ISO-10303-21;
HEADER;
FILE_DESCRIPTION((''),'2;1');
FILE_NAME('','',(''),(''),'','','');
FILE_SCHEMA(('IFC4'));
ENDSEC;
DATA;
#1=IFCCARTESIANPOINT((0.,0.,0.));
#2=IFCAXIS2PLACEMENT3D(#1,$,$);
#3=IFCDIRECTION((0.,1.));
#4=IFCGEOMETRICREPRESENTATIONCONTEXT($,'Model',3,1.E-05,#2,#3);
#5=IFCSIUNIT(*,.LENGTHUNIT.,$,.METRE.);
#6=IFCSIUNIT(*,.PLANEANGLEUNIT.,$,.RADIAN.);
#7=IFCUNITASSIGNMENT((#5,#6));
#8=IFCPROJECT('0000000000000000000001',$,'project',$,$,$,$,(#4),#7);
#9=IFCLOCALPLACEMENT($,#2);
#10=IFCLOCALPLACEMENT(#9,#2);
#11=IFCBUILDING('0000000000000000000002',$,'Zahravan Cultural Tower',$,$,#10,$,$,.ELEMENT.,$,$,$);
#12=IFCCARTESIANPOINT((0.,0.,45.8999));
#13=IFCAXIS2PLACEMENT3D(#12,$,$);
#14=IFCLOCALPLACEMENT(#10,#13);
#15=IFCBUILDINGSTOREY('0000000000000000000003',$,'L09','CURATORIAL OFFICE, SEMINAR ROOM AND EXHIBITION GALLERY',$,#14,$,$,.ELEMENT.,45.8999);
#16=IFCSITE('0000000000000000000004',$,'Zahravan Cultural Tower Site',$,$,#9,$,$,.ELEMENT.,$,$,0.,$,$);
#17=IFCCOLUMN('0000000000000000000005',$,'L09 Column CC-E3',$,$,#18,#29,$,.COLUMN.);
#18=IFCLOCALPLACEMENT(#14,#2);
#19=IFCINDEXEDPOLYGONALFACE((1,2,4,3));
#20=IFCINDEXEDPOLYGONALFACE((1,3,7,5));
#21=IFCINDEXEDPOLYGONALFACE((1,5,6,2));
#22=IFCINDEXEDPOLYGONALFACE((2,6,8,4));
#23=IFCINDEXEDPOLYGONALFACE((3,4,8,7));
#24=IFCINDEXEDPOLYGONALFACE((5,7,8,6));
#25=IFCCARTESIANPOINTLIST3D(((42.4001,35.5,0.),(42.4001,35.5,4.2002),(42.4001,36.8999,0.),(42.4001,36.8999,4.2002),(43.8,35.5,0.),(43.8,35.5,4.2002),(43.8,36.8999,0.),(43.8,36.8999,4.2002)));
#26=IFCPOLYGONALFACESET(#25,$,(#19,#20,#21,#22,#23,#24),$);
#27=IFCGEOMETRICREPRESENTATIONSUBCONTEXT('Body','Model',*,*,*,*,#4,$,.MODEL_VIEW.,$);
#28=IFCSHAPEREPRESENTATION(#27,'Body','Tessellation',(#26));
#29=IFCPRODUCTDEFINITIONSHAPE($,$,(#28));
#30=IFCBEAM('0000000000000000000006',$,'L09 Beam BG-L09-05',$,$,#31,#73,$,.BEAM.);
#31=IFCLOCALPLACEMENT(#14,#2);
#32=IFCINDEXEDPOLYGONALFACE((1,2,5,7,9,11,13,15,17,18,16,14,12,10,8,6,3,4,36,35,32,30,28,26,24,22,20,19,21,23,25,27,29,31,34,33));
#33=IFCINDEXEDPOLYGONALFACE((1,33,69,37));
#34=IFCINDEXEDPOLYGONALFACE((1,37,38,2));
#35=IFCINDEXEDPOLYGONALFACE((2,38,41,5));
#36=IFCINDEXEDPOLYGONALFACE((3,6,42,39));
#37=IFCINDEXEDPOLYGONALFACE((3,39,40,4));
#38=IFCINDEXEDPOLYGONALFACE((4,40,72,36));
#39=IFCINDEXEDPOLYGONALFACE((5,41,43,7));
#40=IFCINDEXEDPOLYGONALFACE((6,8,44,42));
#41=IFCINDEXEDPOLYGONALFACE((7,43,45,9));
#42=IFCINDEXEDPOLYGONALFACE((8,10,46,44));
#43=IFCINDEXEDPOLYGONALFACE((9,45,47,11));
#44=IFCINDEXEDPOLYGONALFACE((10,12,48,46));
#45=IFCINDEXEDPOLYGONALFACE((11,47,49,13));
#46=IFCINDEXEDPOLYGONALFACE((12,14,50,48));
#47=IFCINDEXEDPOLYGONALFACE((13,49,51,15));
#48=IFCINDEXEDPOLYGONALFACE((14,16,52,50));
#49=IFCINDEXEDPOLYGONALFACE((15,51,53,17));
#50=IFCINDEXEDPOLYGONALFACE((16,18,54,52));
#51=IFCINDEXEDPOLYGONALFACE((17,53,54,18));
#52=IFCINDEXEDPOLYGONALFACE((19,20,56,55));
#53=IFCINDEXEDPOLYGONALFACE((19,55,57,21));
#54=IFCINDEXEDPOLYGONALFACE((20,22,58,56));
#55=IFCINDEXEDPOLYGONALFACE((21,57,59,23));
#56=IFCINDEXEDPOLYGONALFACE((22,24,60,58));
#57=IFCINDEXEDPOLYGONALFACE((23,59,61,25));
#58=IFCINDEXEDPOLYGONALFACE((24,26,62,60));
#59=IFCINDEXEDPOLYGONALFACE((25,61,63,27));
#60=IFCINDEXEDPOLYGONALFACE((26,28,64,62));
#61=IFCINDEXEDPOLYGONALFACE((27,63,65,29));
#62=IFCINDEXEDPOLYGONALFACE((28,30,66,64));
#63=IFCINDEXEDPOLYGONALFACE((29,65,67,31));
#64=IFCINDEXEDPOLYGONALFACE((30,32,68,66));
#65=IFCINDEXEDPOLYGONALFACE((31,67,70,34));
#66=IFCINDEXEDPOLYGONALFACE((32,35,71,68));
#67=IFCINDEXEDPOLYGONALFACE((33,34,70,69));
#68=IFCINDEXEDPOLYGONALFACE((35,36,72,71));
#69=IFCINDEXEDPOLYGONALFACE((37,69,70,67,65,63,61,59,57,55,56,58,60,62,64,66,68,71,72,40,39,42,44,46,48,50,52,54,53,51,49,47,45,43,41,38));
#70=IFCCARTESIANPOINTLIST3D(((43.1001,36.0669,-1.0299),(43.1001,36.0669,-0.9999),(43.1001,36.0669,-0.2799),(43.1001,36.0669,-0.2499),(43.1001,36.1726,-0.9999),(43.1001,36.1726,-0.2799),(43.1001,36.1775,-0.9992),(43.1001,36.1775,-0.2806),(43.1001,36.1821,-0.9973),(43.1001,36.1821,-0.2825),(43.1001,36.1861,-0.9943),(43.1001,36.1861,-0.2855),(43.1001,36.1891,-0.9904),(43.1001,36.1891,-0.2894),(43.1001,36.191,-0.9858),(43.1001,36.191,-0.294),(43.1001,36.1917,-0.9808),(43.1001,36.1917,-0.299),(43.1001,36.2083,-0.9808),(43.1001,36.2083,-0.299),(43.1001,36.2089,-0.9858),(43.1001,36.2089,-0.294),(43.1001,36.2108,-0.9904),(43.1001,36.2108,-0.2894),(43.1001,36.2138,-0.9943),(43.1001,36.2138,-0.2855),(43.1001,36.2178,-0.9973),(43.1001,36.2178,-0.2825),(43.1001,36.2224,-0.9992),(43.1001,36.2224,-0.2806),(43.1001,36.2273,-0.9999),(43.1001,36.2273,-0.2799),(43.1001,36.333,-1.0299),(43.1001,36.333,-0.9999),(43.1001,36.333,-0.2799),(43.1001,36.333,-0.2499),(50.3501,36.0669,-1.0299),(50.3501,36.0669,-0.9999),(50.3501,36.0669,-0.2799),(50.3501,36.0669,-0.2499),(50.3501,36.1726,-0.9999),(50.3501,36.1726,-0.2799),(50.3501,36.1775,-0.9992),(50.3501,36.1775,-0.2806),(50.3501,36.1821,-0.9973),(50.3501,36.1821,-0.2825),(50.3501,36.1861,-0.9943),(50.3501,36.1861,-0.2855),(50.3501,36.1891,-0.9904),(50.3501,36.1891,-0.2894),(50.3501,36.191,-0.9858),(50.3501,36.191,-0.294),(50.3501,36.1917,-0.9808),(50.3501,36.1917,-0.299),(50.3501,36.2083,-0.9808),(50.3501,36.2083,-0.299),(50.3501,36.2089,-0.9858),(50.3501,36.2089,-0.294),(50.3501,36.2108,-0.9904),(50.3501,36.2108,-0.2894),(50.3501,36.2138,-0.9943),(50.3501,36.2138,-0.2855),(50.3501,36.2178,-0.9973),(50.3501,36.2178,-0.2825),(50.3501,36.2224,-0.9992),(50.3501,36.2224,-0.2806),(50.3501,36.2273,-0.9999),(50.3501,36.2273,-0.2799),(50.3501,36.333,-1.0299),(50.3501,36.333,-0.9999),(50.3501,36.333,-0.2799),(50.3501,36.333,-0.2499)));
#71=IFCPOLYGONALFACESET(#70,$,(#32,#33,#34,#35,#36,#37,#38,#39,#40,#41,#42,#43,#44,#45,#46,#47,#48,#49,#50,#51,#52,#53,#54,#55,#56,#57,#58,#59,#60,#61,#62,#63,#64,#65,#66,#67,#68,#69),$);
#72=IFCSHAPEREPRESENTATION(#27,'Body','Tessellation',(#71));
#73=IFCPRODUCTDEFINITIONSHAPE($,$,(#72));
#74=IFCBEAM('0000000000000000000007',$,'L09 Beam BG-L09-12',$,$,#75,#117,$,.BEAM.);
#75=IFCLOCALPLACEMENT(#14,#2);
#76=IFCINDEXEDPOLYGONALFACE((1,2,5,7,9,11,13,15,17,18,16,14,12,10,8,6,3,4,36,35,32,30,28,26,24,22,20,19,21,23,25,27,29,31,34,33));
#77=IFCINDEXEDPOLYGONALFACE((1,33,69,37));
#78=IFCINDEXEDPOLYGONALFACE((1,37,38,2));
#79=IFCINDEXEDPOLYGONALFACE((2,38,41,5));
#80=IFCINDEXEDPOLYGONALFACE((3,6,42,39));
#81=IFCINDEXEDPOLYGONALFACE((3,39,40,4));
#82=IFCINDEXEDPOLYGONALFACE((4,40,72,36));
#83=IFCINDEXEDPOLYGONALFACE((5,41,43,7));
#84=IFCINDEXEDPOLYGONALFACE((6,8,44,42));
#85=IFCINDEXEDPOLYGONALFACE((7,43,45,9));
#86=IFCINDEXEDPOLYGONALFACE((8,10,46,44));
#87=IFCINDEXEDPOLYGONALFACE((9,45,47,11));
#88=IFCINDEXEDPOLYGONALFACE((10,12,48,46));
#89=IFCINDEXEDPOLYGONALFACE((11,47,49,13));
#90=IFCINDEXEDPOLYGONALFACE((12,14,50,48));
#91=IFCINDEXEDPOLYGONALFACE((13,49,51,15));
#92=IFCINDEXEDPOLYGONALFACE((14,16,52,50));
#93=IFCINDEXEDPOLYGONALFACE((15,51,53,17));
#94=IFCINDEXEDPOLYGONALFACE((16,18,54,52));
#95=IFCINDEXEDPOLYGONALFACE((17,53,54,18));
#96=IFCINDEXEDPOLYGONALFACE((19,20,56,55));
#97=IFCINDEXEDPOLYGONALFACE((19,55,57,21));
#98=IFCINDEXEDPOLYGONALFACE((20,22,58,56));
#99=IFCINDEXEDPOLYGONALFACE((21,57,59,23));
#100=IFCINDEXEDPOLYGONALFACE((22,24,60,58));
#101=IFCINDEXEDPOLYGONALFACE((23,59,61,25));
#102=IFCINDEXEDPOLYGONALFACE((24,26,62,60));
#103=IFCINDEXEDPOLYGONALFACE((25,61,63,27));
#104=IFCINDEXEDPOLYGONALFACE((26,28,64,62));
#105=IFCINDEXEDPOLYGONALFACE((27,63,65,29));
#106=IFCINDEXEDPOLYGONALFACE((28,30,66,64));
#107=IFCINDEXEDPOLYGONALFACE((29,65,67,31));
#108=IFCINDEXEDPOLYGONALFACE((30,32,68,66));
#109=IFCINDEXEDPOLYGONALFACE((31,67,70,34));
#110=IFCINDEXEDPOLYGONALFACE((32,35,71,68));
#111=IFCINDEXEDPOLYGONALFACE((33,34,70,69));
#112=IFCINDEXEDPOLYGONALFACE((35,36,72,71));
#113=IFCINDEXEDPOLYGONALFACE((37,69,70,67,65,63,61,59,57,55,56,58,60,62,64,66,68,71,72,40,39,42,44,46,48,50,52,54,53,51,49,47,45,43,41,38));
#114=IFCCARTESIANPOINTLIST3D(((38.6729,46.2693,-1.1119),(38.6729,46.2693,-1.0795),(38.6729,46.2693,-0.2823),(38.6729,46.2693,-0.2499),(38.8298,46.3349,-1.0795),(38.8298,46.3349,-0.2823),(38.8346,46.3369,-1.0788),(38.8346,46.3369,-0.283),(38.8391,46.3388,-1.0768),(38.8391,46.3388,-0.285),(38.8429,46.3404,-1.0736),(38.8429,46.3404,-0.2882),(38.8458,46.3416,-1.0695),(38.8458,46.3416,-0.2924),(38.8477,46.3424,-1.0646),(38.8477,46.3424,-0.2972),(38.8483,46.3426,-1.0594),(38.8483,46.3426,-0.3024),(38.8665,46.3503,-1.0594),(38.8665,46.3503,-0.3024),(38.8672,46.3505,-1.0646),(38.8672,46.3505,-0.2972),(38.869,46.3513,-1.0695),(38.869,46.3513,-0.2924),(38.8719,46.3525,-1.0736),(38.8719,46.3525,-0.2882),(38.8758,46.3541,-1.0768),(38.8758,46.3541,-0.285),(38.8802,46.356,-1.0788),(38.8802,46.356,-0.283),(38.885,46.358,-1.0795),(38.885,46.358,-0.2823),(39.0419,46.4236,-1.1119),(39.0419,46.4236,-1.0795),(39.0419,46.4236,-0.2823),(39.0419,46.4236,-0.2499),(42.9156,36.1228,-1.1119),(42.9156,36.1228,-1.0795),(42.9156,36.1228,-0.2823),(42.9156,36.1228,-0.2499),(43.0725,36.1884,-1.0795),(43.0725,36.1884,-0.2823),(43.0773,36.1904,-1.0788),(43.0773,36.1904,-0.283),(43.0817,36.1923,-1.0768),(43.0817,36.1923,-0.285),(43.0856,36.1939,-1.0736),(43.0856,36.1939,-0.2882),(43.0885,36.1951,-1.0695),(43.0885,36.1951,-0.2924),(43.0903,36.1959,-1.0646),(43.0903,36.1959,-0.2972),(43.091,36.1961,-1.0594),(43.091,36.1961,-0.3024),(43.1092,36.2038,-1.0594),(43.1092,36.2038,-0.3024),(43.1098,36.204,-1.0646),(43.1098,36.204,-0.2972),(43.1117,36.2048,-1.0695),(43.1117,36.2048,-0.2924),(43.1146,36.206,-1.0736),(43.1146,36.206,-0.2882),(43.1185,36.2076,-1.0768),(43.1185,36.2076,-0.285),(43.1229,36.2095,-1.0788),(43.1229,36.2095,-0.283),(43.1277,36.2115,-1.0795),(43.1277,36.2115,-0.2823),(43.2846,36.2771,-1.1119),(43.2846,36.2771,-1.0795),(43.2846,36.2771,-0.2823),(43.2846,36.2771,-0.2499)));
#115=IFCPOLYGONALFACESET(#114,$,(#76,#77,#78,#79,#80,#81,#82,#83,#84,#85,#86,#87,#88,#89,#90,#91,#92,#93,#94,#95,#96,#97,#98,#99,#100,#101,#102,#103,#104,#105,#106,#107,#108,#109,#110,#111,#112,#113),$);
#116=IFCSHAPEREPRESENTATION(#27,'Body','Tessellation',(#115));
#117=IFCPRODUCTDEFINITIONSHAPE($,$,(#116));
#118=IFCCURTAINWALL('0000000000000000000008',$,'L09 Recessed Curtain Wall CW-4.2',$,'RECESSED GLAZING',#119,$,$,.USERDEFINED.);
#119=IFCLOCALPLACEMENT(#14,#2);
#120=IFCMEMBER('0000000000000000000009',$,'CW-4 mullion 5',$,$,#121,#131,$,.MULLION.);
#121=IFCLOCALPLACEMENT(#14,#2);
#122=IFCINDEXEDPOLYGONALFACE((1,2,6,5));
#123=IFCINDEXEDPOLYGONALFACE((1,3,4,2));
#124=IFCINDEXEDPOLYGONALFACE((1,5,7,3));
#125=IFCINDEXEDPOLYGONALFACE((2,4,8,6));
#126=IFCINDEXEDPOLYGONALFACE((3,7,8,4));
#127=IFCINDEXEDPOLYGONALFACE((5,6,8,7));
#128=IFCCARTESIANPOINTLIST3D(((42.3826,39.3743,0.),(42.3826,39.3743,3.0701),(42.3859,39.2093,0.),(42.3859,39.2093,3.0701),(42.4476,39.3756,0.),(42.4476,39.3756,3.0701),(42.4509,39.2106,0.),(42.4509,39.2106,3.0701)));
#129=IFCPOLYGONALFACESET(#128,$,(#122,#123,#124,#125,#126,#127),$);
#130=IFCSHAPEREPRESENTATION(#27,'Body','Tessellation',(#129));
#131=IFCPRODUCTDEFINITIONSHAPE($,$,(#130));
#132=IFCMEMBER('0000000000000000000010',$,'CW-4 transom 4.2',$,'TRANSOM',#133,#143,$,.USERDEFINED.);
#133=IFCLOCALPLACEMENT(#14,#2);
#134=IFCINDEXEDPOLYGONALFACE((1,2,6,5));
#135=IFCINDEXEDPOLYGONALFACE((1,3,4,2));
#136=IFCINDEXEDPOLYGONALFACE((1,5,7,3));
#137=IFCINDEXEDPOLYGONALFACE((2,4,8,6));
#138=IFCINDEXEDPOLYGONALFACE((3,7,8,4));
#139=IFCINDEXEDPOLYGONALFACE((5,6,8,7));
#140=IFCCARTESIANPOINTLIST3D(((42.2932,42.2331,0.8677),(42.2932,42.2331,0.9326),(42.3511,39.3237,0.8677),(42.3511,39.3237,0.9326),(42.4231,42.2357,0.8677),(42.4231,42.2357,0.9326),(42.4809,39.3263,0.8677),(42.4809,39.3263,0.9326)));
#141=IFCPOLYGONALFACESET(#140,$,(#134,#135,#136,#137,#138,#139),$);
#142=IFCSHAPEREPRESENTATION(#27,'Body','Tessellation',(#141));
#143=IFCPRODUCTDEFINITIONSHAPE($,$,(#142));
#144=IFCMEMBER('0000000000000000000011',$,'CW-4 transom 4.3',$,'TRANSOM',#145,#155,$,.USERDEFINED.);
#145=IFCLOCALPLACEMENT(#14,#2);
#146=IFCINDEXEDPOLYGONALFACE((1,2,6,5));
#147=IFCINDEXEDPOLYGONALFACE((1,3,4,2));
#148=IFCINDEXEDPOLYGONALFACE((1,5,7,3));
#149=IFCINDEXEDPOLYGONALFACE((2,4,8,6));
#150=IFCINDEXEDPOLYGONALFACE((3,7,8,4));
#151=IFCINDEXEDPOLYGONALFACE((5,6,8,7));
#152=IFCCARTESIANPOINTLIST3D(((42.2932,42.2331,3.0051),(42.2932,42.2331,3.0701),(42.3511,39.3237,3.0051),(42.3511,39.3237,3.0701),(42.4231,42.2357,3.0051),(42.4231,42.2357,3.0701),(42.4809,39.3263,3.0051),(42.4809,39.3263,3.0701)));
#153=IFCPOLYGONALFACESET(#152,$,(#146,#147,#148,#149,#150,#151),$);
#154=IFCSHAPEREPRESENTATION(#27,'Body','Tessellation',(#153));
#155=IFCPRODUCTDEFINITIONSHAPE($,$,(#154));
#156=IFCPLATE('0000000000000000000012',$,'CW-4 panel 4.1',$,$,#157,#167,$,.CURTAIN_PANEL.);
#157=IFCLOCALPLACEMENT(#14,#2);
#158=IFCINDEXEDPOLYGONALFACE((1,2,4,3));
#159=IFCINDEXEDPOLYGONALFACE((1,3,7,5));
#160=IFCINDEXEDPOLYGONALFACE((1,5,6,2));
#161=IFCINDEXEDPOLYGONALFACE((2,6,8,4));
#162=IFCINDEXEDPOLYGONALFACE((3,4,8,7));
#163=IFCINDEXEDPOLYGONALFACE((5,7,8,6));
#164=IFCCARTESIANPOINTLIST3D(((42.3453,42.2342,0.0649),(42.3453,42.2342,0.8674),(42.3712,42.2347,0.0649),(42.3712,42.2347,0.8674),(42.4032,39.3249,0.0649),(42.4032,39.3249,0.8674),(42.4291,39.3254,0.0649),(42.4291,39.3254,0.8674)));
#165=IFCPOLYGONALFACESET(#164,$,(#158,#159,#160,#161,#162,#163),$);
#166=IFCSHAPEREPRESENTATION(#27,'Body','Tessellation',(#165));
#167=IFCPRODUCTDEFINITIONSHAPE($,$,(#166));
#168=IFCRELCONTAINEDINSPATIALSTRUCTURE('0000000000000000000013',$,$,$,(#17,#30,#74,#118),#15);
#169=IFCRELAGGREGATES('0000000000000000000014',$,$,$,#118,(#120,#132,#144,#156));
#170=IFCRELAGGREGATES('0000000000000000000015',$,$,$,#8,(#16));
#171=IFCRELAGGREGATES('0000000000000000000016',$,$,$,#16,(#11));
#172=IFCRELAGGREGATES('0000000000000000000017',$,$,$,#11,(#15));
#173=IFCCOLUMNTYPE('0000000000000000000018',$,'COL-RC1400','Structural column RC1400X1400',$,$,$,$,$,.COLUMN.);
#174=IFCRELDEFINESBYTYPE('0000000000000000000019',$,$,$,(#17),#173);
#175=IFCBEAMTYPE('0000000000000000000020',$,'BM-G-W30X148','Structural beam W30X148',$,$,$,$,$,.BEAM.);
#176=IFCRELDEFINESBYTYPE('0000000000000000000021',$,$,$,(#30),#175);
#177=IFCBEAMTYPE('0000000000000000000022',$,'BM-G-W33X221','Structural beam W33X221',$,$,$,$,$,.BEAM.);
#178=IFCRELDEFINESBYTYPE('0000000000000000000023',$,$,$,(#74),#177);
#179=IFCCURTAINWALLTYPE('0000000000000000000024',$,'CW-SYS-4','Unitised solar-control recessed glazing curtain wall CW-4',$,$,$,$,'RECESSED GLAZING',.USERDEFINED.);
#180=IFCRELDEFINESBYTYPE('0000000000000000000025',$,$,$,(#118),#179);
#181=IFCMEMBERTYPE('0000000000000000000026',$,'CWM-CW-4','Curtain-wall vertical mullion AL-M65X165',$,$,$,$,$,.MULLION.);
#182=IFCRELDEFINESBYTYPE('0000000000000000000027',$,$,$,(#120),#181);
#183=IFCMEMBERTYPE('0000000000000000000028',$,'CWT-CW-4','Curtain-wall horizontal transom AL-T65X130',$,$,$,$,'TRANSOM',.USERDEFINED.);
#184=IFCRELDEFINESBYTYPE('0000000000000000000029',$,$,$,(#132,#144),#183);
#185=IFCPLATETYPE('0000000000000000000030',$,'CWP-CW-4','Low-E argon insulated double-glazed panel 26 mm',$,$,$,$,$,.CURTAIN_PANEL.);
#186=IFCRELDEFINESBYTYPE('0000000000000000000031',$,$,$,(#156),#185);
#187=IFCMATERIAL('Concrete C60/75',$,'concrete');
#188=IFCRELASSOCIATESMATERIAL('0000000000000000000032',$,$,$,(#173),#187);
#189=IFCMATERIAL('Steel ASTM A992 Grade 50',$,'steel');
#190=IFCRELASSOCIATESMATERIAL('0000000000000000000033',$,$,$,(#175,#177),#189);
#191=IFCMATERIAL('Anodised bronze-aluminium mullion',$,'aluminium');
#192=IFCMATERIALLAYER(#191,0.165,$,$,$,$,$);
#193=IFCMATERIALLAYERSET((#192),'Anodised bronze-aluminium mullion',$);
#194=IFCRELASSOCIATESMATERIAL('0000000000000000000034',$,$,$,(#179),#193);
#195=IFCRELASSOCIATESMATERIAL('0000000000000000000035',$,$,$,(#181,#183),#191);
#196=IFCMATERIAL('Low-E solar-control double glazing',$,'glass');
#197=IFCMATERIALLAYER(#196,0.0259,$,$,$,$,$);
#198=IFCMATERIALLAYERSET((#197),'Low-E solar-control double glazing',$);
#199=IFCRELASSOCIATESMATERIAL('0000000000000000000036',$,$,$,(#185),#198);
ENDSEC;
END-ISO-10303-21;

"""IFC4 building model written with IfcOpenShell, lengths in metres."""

from ifc_helpers import new_model, si_unit, direction, frame, origin, origin_2d, place, context, subcontext, project, spatial, rectangle, i_section, extrude, source, transform, mapped, material, layer, layer_set, material_profile, profile_set, type_object, element, aggregate, save


model = new_model("IFC4")

# Units and contexts
model_context = context("Model", 3, precision=1e-05, world=origin(), true_north=direction((0.0, 1.0)))
body_context = subcontext(model_context, "Body", "Model", "MODEL_VIEW")
ifc_project = project(units=[si_unit("LENGTHUNIT", "METRE"), si_unit("PLANEANGLEUNIT", "RADIAN")], contexts=[model_context])

# Site, building, storey
site_placement = place(None, origin())
site = spatial("IfcSite", under=ifc_project, at=site_placement, Name="Zahravan Cultural Tower Site", CompositionType="ELEMENT", RefElevation=0.0)
building_placement = place(site_placement, origin())
building = spatial("IfcBuilding", under=site, at=building_placement, Name="Zahravan Cultural Tower", CompositionType="ELEMENT")
storey_placement = place(building_placement, frame((0.0, 0.0, 45.8999)))
storey = spatial("IfcBuildingStorey", under=building, at=storey_placement, Name="L09", Description="CURATORIAL OFFICE, SEMINAR ROOM AND EXHIBITION GALLERY", CompositionType="ELEMENT", Elevation=45.8999)

# Column
ifc_material_1 = material(Name="Concrete C60/75", Category="concrete")
ifc_material_profile_1 = material_profile(ifc_material_1, rectangle(XDim=1.3999, YDim=1.3999, at=origin_2d()), Name="RC1400X1400")
ifc_profile_set_1 = profile_set([ifc_material_profile_1], Name="Concrete C60/75")
column_type = type_object("IfcColumnType", Name="COL-RC1400", Description="Structural column RC1400X1400", PredefinedType="COLUMN", material=ifc_profile_set_1)
shared_shape_1 = source(origin(), body_context, "Body", "SweptSolid", [
    extrude(rectangle(XDim=1.3999, YDim=1.3999, at=origin_2d()), origin(), (0.0, 0.0, 1.0), 4.2002),
])
column_placement = place(storey_placement, frame((43.1001, 36.2, 0.0), z_axis=(0.0, 0.0, 1.0), x_axis=(1.0, 0.0, 0.0)))
element("IfcColumn", 1, at=column_placement, inside=storey, type_object=column_type, Name="L09 Column CC-E3", PredefinedType="COLUMN", context=body_context, shape_type="MappedRepresentation", body=[
    mapped(shared_shape_1, transform((0.0, 0.0, 0.0), x_axis=(1.0, 0.0, 0.0), y_axis=(0.0, 1.0, 0.0), z_axis=(0.0, 0.0, 1.0), scale=1.0)),
])

# Beams
ifc_material_2 = material(Name="Steel ASTM A992 Grade 50", Category="steel")
ifc_material_profile_2 = material_profile(ifc_material_2, i_section(OverallWidth=0.2661, OverallDepth=0.78, WebThickness=0.0166, FlangeThickness=0.03, FilletRadius=0.019, at=origin_2d()), Name="W30X148")
ifc_profile_set_2 = profile_set([ifc_material_profile_2], Name="Steel ASTM A992 Grade 50")
beam_type_1 = type_object("IfcBeamType", Name="BM-G-W30X148", Description="Structural beam W30X148", PredefinedType="BEAM", material=ifc_profile_set_2)
shared_shape_2 = source(origin(), body_context, "Body", "SweptSolid", [
    extrude(i_section(OverallWidth=0.2661, OverallDepth=0.78, WebThickness=0.0166, FlangeThickness=0.03, FilletRadius=0.019, at=origin_2d()), origin(), (0.0, 0.0, 1.0), 7.25),
])
beam_1_placement = place(storey_placement, frame((43.1001, 36.2, -0.6399), z_axis=(1.0, 0.0, 0.0), x_axis=(0.0, 1.0, 0.0)))
element("IfcBeam", 2, at=beam_1_placement, inside=storey, type_object=beam_type_1, Name="L09 Beam BG-L09-05", PredefinedType="BEAM", context=body_context, shape_type="MappedRepresentation", body=[
    mapped(shared_shape_2, transform((0.0, 0.0, 0.0), x_axis=(1.0, 0.0, 0.0), y_axis=(0.0, 1.0, 0.0), z_axis=(0.0, 0.0, 1.0), scale=1.0)),
])
ifc_material_profile_3 = material_profile(ifc_material_2, i_section(OverallWidth=0.3999, OverallDepth=0.8621, WebThickness=0.0198, FlangeThickness=0.0325, FilletRadius=0.02, at=origin_2d()), Name="W33X221")
ifc_profile_set_3 = profile_set([ifc_material_profile_3], Name="Steel ASTM A992 Grade 50")
beam_type_2 = type_object("IfcBeamType", Name="BM-G-W33X221", Description="Structural beam W33X221", PredefinedType="BEAM", material=ifc_profile_set_3)
shared_shape_3 = source(origin(), body_context, "Body", "SweptSolid", [
    extrude(i_section(OverallWidth=0.3999, OverallDepth=0.8621, WebThickness=0.0198, FlangeThickness=0.0325, FilletRadius=0.02, at=origin_2d()), origin(), (0.0, 0.0, 1.0), 10.9978),
])
beam_2_placement = place(storey_placement, frame((43.1001, 36.2, -0.6809), z_axis=(-0.385775, 0.922593, 0.0), x_axis=(-0.922593, -0.385775, 0.0)))
element("IfcBeam", 3, at=beam_2_placement, inside=storey, type_object=beam_type_2, Name="L09 Beam BG-L09-12", PredefinedType="BEAM", context=body_context, shape_type="MappedRepresentation", body=[
    mapped(shared_shape_3, transform((0.0, 0.0, 0.0), x_axis=(1.0, 0.0, 0.0), y_axis=(0.0, 1.0, 0.0), z_axis=(0.0, 0.0, 1.0), scale=1.0)),
])

# Curtain wall, members, plate
ifc_material_3 = material(Name="Anodised bronze-aluminium mullion", Category="aluminium")
ifc_layer_1 = layer(ifc_material_3, 0.165)
ifc_layer_set_1 = layer_set([ifc_layer_1], Name="Anodised bronze-aluminium mullion")
curtain_wall_type = type_object("IfcCurtainWallType", Name="CW-SYS-4", Description="Unitised solar-control recessed glazing curtain wall CW-4", ElementType="RECESSED GLAZING", PredefinedType="USERDEFINED", material=ifc_layer_set_1)
curtain_wall_placement = place(storey_placement, origin())
curtain_wall = element("IfcCurtainWall", 4, at=curtain_wall_placement, inside=storey, type_object=curtain_wall_type, Name="L09 Recessed Curtain Wall CW-4.2", ObjectType="RECESSED GLAZING", PredefinedType="USERDEFINED")
ifc_material_profile_4 = material_profile(ifc_material_3, rectangle(XDim=0.0649, YDim=0.165, at=origin_2d()), Name="AL-M65X165")
ifc_profile_set_4 = profile_set([ifc_material_profile_4], Name="Anodised bronze-aluminium mullion")
member_type_1 = type_object("IfcMemberType", Name="CWM-CW-4", Description="Curtain-wall vertical mullion AL-M65X165", PredefinedType="MULLION", material=ifc_profile_set_4)
shared_shape_4 = source(origin(), body_context, "Body", "SweptSolid", [
    extrude(rectangle(XDim=0.0649, YDim=0.165, at=origin_2d()), origin(), (0.0, 0.0, 1.0), 3.0701),
])
member_1_placement = place(storey_placement, frame((42.4167, 39.2925, 0.0), z_axis=(0.0, 0.0, 1.0), x_axis=(0.999802, 0.0199, 0.0)))
member_1 = element("IfcMember", 5, at=member_1_placement, type_object=member_type_1, Name="CW-4 mullion 5", PredefinedType="MULLION", context=body_context, shape_type="MappedRepresentation", body=[
    mapped(shared_shape_4, transform((0.0, 0.0, 0.0), x_axis=(1.0, 0.0, 0.0), y_axis=(0.0, 1.0, 0.0), z_axis=(0.0, 0.0, 1.0), scale=1.0)),
])
ifc_material_profile_5 = material_profile(ifc_material_3, rectangle(XDim=0.1299, YDim=0.0649, at=origin_2d()), Name="AL-T65X130")
ifc_profile_set_5 = profile_set([ifc_material_profile_5], Name="Anodised bronze-aluminium mullion")
member_type_2 = type_object("IfcMemberType", Name="CWT-CW-4", Description="Curtain-wall horizontal transom AL-T65X130", ElementType="TRANSOM", PredefinedType="USERDEFINED", material=ifc_profile_set_5)
shared_shape_5 = source(origin(), body_context, "Body", "SweptSolid", [
    extrude(rectangle(XDim=0.1299, YDim=0.0649, at=origin_2d()), origin(), (0.0, 0.0, 1.0), 2.9099),
])
member_2_placement = place(storey_placement, frame((42.3582, 42.2344, 0.9001), z_axis=(0.019884, -0.999802, 0.0), x_axis=(0.999802, 0.019884, 0.0)))
member_2 = element("IfcMember", 6, at=member_2_placement, type_object=member_type_2, Name="CW-4 transom 4.2", ObjectType="TRANSOM", PredefinedType="USERDEFINED", context=body_context, shape_type="MappedRepresentation", body=[
    mapped(shared_shape_5, transform((0.0, 0.0, 0.0), x_axis=(1.0, 0.0, 0.0), y_axis=(0.0, 1.0, 0.0), z_axis=(0.0, 0.0, 1.0), scale=1.0)),
])
member_3_placement = place(storey_placement, frame((42.3582, 42.2344, 3.0376), z_axis=(0.019884, -0.999802, 0.0), x_axis=(0.999802, 0.019884, 0.0)))
member_3 = element("IfcMember", 7, at=member_3_placement, type_object=member_type_2, Name="CW-4 transom 4.3", ObjectType="TRANSOM", PredefinedType="USERDEFINED", context=body_context, shape_type="MappedRepresentation", body=[
    mapped(shared_shape_5, transform((0.0, 0.0, 0.0), x_axis=(1.0, 0.0, 0.0), y_axis=(0.0, 1.0, 0.0), z_axis=(0.0, 0.0, 1.0), scale=1.0)),
])
ifc_material_4 = material(Name="Low-E solar-control double glazing", Category="glass")
ifc_layer_2 = layer(ifc_material_4, 0.0259)
ifc_layer_set_2 = layer_set([ifc_layer_2], Name="Low-E solar-control double glazing")
plate_type = type_object("IfcPlateType", Name="CWP-CW-4", Description="Low-E argon insulated double-glazed panel 26 mm", PredefinedType="CURTAIN_PANEL", material=ifc_layer_set_2)
shared_shape_6 = source(origin(), body_context, "Body", "SweptSolid", [
    extrude(rectangle(XDim=2.9099, YDim=0.0259, at=origin_2d()), origin(), (0.0, 0.0, 1.0), 0.8025),
])
plate_1_placement = place(storey_placement, frame((42.3872, 40.7798, 0.0649), z_axis=(0.0, 0.0, 1.0), x_axis=(0.0199, -0.999802, 0.0)))
plate_1 = element("IfcPlate", 8, at=plate_1_placement, type_object=plate_type, Name="CW-4 panel 4.1", PredefinedType="CURTAIN_PANEL", context=body_context, shape_type="MappedRepresentation", body=[
    mapped(shared_shape_6, transform((0.0, 0.0, 0.0), x_axis=(1.0, 0.0, 0.0), y_axis=(0.0, 1.0, 0.0), z_axis=(0.0, 0.0, 1.0), scale=1.0)),
])
aggregate(curtain_wall, [member_1, member_2, member_3, plate_1])

save(model, "model.ifc")
